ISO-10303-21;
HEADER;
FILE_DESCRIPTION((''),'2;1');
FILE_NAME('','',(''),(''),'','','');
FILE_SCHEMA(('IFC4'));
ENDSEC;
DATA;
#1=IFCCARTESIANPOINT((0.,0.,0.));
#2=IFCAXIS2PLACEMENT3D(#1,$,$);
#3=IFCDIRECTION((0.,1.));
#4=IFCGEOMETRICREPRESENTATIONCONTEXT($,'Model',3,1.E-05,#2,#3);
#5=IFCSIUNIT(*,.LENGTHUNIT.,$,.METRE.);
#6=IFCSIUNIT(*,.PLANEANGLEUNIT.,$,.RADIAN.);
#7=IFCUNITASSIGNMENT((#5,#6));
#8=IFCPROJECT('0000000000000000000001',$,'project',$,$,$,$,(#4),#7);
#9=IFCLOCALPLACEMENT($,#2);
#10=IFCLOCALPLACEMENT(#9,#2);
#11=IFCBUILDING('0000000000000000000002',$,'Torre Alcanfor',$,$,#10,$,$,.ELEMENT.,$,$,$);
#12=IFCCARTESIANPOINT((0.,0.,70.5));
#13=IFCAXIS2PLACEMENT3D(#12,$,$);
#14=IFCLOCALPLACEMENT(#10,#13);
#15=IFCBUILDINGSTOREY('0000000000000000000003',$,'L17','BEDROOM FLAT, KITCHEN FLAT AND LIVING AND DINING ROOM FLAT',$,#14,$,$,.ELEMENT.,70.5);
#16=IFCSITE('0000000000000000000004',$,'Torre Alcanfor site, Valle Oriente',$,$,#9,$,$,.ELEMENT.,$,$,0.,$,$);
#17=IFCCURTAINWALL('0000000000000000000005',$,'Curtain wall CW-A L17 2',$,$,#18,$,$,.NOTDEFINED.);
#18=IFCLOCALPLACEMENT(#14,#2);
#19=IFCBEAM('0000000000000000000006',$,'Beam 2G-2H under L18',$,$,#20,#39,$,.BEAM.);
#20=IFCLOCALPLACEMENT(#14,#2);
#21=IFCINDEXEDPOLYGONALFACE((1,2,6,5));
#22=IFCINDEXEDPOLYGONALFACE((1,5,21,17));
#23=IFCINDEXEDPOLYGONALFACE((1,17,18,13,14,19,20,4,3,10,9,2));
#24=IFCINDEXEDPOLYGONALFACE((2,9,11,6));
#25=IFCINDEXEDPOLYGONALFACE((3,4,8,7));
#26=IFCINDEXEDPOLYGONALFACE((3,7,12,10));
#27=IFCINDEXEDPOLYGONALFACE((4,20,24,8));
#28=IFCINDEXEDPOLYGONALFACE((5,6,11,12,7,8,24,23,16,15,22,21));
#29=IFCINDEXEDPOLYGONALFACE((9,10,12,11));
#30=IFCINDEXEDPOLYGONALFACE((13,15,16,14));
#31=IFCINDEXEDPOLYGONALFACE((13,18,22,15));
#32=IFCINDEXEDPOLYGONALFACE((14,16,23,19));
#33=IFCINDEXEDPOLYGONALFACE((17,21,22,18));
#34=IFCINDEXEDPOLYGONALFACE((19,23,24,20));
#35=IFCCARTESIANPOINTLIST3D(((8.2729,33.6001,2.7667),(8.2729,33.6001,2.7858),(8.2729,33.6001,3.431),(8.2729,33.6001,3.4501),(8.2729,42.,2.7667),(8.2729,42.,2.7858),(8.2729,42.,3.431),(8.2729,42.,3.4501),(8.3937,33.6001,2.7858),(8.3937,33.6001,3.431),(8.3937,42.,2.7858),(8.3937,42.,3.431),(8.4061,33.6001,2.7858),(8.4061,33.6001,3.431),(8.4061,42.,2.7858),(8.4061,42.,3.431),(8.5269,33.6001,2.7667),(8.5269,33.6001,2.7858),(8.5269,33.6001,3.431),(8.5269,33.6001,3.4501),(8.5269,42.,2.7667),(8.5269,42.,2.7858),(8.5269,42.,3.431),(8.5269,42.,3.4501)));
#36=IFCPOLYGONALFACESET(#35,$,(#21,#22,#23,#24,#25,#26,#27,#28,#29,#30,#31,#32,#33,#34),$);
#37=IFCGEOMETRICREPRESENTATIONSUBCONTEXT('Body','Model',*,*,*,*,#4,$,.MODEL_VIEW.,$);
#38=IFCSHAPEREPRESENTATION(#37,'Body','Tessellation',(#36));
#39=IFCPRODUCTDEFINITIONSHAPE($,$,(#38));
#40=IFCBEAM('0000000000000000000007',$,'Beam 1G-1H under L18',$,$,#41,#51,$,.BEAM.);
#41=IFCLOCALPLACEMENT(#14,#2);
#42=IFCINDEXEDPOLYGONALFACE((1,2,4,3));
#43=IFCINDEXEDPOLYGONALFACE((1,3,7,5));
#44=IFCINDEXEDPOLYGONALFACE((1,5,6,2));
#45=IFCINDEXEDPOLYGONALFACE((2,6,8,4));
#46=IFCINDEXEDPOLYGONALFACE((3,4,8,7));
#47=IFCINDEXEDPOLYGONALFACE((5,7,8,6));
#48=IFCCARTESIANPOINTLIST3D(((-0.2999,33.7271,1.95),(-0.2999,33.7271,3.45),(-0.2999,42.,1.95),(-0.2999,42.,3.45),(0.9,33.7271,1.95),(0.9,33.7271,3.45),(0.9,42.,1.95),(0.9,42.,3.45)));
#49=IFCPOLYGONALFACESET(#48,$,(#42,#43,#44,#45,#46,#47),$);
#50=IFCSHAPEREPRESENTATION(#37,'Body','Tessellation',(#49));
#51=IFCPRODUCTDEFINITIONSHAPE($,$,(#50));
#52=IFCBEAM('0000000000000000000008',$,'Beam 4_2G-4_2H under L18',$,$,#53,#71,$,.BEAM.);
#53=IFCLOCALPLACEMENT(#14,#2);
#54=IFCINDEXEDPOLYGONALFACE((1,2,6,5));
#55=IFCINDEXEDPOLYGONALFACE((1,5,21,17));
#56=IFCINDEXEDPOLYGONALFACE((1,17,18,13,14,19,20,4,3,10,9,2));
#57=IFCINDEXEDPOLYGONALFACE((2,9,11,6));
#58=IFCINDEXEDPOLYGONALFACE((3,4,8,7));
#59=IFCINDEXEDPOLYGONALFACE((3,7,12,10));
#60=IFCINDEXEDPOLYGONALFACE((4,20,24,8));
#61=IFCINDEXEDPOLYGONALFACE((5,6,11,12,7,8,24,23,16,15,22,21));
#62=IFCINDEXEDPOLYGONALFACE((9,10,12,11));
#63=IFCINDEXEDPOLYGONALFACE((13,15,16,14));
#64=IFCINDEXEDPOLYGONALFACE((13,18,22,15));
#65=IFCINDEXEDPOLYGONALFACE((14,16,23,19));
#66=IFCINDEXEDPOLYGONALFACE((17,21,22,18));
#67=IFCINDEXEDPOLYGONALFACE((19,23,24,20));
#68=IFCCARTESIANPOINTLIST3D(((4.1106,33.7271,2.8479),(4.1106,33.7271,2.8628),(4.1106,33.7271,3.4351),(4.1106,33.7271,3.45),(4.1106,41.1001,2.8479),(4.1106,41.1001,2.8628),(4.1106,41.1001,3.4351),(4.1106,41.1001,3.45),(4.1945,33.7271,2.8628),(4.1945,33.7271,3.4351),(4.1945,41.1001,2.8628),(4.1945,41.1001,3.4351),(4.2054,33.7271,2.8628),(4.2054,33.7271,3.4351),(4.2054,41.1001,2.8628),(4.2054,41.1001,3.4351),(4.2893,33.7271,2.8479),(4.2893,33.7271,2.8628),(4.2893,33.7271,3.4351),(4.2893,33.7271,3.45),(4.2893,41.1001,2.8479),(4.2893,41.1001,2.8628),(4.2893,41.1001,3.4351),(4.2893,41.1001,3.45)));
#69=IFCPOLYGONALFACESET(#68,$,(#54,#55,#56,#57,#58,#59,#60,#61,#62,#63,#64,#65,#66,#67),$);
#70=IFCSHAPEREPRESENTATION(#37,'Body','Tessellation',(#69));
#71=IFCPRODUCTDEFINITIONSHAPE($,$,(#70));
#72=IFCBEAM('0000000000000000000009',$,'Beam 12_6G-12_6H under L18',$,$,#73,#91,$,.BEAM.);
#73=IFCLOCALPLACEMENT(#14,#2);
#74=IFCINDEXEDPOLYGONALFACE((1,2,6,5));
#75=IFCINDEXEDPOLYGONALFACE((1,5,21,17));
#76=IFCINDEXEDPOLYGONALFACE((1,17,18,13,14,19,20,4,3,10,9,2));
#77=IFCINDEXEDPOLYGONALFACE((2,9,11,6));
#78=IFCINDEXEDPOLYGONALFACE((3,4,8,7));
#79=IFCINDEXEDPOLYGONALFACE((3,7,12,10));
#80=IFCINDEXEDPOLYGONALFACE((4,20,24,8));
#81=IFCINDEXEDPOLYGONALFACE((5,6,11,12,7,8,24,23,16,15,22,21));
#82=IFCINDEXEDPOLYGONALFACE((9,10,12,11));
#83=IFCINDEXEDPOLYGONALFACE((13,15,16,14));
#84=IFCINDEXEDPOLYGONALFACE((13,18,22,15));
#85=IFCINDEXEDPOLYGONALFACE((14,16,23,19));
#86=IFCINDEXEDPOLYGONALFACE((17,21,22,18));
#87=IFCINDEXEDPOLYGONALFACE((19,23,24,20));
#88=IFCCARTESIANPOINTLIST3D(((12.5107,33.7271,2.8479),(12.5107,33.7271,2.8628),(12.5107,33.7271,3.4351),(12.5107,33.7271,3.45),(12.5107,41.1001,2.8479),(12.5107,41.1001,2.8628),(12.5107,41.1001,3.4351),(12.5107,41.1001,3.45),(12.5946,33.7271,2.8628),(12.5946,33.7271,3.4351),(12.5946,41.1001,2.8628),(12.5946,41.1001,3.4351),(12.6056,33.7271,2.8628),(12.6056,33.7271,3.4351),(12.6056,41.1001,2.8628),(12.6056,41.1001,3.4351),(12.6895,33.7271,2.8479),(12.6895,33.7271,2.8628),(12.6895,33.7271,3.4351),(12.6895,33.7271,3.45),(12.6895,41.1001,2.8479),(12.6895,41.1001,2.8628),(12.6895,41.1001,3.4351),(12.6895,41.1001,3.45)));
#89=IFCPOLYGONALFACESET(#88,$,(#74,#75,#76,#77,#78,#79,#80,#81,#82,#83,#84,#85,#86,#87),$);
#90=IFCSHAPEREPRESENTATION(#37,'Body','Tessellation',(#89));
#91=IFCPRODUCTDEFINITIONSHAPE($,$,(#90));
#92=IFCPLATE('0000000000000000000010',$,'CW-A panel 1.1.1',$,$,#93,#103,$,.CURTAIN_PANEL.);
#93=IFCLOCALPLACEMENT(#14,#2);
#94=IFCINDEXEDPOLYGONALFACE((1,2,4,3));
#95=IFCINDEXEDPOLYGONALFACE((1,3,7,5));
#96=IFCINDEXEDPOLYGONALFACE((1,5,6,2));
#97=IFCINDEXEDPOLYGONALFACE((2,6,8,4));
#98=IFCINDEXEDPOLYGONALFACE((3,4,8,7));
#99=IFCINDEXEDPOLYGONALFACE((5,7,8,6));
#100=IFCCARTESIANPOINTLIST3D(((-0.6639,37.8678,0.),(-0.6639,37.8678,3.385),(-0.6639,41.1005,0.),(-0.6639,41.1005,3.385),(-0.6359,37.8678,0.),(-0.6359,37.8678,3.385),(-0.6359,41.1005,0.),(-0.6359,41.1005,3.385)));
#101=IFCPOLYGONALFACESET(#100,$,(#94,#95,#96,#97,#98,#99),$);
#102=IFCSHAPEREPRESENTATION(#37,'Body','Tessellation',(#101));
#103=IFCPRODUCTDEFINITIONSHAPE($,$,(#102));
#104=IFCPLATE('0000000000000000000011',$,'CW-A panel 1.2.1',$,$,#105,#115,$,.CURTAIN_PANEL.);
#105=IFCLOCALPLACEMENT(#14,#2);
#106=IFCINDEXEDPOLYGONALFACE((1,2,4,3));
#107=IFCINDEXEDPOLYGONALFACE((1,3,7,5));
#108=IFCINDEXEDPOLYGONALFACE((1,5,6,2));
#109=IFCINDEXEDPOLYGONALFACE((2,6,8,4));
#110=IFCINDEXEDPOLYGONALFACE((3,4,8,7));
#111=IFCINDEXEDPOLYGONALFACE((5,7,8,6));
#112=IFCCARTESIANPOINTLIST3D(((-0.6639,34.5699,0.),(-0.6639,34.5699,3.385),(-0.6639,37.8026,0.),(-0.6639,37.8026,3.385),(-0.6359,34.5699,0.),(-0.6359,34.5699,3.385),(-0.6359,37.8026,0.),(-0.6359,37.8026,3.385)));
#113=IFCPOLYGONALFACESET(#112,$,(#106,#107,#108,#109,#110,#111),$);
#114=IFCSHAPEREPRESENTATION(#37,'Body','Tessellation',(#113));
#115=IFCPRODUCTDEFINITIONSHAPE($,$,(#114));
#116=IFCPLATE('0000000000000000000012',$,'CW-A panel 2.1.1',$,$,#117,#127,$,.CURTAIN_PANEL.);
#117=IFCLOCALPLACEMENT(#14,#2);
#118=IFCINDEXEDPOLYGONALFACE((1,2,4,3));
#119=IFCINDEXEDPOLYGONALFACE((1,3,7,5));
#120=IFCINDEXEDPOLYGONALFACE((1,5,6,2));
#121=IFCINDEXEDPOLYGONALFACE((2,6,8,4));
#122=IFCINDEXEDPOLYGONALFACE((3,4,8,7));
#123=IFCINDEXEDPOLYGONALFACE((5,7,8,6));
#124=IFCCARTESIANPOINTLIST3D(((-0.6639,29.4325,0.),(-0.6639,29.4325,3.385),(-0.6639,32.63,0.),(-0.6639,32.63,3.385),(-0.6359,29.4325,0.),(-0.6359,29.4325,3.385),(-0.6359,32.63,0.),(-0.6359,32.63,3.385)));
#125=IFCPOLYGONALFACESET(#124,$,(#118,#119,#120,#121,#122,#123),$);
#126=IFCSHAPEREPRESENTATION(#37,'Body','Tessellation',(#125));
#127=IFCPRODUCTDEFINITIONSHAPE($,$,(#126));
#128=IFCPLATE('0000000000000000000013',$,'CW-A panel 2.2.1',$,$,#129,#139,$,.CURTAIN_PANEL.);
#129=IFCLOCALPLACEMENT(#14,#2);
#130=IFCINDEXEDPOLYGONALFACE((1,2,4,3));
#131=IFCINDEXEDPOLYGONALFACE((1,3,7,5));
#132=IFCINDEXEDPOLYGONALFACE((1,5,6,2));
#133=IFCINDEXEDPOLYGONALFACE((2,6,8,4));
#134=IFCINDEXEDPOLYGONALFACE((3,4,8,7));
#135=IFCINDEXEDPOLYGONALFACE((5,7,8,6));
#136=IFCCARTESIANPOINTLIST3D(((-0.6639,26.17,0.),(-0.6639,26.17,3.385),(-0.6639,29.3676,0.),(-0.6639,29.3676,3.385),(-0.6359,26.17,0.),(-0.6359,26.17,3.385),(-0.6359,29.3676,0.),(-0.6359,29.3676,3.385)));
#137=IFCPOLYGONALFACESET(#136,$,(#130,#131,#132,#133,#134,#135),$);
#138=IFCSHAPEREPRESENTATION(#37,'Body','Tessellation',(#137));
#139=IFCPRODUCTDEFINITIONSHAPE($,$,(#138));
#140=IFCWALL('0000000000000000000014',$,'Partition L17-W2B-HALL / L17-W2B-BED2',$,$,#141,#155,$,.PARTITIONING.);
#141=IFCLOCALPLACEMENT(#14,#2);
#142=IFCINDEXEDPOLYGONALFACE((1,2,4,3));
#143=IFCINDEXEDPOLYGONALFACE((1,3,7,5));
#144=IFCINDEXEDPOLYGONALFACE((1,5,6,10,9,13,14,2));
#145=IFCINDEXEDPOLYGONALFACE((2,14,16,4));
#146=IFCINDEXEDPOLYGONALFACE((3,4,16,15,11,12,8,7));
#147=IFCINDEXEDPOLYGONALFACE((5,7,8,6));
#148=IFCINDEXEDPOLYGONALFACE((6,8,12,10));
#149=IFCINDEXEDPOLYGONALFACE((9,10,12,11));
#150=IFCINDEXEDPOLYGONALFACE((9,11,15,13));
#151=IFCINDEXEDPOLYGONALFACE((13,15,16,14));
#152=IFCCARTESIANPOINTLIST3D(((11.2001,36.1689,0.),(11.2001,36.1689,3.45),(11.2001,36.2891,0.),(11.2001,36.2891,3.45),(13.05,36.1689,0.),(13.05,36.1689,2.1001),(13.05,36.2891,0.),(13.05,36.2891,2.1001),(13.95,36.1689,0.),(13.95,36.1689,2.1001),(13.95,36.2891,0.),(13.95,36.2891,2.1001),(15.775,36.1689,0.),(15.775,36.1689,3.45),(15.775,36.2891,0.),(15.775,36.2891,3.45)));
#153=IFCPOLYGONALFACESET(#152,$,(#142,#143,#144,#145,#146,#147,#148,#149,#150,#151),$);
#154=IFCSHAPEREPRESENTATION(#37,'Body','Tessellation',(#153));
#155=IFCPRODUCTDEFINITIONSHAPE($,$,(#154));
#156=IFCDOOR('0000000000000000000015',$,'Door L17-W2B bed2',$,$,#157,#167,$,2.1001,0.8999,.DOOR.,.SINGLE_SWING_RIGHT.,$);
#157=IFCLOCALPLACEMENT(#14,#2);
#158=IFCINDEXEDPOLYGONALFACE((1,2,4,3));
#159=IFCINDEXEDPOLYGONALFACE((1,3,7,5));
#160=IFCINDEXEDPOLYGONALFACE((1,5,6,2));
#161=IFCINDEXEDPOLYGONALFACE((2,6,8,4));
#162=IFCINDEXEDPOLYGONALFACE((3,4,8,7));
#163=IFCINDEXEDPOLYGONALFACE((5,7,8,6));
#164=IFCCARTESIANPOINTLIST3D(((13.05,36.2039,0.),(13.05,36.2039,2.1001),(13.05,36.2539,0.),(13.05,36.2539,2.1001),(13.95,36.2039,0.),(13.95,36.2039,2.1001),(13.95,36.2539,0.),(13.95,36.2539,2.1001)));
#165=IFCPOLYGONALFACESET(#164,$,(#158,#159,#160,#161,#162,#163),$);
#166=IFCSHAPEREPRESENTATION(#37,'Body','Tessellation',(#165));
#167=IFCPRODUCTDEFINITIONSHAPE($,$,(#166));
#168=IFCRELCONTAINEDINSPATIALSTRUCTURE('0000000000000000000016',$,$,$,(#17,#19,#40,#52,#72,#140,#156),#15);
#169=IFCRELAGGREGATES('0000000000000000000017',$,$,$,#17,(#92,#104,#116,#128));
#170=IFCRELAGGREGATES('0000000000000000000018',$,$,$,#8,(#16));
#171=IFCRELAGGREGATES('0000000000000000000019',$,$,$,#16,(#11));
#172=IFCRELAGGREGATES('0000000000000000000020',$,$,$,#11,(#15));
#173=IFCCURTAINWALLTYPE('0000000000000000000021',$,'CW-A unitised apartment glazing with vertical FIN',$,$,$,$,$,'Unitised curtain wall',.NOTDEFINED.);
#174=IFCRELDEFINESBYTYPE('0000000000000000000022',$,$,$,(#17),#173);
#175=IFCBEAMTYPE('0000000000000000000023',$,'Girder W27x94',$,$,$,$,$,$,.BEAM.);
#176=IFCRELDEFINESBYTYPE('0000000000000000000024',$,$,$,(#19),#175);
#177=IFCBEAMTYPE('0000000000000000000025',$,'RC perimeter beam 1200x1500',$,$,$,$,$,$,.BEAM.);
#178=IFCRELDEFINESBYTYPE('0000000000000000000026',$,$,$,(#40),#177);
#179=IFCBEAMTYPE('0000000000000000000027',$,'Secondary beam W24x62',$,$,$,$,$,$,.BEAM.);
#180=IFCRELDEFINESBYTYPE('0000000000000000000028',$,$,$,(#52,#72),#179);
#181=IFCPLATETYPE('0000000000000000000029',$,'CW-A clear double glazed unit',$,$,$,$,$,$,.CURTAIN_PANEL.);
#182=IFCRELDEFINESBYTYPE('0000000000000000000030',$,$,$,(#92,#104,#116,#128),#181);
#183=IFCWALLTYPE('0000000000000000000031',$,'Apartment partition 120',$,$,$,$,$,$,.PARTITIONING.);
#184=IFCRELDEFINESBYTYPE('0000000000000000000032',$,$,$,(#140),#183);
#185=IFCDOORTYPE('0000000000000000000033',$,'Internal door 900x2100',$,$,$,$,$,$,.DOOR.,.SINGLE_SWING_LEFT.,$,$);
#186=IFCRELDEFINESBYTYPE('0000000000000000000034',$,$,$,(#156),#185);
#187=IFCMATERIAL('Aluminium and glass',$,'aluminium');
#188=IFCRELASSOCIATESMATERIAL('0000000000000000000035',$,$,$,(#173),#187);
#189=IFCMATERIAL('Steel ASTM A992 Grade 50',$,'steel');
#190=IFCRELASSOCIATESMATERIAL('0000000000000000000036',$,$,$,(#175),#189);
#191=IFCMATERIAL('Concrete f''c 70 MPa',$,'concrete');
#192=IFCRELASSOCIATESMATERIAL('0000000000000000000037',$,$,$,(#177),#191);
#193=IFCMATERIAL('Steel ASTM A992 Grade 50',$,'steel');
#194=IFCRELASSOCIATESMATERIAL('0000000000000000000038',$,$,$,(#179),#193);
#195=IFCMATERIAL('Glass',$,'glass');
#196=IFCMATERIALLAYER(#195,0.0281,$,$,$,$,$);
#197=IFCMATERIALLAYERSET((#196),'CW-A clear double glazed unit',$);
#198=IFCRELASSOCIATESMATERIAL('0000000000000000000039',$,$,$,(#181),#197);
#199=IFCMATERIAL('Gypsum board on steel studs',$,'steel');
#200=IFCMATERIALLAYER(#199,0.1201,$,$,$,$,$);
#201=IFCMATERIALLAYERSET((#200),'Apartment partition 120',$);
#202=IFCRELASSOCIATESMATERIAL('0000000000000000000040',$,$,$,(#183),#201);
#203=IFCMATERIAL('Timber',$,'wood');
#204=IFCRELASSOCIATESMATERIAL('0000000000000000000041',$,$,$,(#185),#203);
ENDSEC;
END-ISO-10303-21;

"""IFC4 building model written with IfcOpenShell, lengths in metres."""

from ifc_helpers import new_model, si_unit, direction, frame, frame_2d, origin, origin_2d, place, context, subcontext, project, spatial, rectangle, i_section, extrude, material, layer, layer_set, material_profile, profile_set, type_object, element, fill, aggregate, save


model = new_model("IFC4")

# Units and contexts
model_context = context("Model", 3, precision=1e-05, world=origin(), true_north=direction((0.0, 1.0)))
body_context = subcontext(model_context, "Body", "Model", "MODEL_VIEW")
ifc_project = project(units=[si_unit("LENGTHUNIT", "METRE"), si_unit("PLANEANGLEUNIT", "RADIAN")], contexts=[model_context])

# Site, building, storey
site_placement = place(None, origin())
site = spatial("IfcSite", under=ifc_project, at=site_placement, Name="Torre Alcanfor site, Valle Oriente", CompositionType="ELEMENT", RefElevation=0.0)
building_placement = place(site_placement, origin())
building = spatial("IfcBuilding", under=site, at=building_placement, Name="Torre Alcanfor", CompositionType="ELEMENT")
storey_placement = place(building_placement, frame((0.0, 0.0, 70.5)))
storey = spatial("IfcBuildingStorey", under=building, at=storey_placement, Name="L17", Description="BEDROOM FLAT, KITCHEN FLAT AND LIVING AND DINING ROOM FLAT", CompositionType="ELEMENT", Elevation=70.5)

# Curtain wall
ifc_material_1 = material(Name="Aluminium and glass", Category="aluminium")
curtain_wall_type = type_object("IfcCurtainWallType", Name="CW-A unitised apartment glazing with vertical FIN", ElementType="Unitised curtain wall", PredefinedType="NOTDEFINED", material=ifc_material_1)
curtain_wall_placement = place(storey_placement, origin())
curtain_wall = element("IfcCurtainWall", 1, at=curtain_wall_placement, inside=storey, type_object=curtain_wall_type, Name="Curtain wall CW-A L17 2", PredefinedType="NOTDEFINED")

# Beams
ifc_material_2 = material(Name="Steel ASTM A992 Grade 50", Category="steel")
ifc_material_profile_1 = material_profile(ifc_material_2, i_section(OverallWidth=0.2539, OverallDepth=0.6833, WebThickness=0.0125, FlangeThickness=0.019, at=origin_2d()), Name="W27x94")
ifc_profile_set_1 = profile_set([ifc_material_profile_1], Name="Steel ASTM A992 Grade 50")
beam_type_1 = type_object("IfcBeamType", Name="Girder W27x94", PredefinedType="BEAM", material=ifc_profile_set_1)
beam_1_placement = place(storey_placement, frame((8.3999, 33.6001, 3.1084), z_axis=(0.0, 1.0, 0.0), x_axis=(-1.0, 0.0, 0.0)))
element("IfcBeam", 2, at=beam_1_placement, inside=storey, type_object=beam_type_1, Name="Beam 2G-2H under L18", PredefinedType="BEAM", context=body_context, shape_type="SweptSolid", body=[
    extrude(i_section(OverallWidth=0.2539, OverallDepth=0.6833, WebThickness=0.0125, FlangeThickness=0.019, at=origin_2d()), origin(), (0.0, 0.0, 1.0), 8.3999),
])
ifc_material_3 = material(Name="Concrete f'c 70 MPa", Category="concrete")
ifc_material_profile_2 = material_profile(ifc_material_3, rectangle(XDim=1.2, YDim=1.5, at=origin_2d()), Name="1200x1500")
ifc_profile_set_2 = profile_set([ifc_material_profile_2], Name="Concrete f'c 70 MPa")
beam_type_2 = type_object("IfcBeamType", Name="RC perimeter beam 1200x1500", PredefinedType="BEAM", material=ifc_profile_set_2)
beam_2_placement = place(storey_placement, frame((0.3, 33.7271, 2.7), z_axis=(0.0, 1.0, 0.0), x_axis=(-1.0, 0.0, 0.0)))
element("IfcBeam", 3, at=beam_2_placement, inside=storey, type_object=beam_type_2, Name="Beam 1G-1H under L18", PredefinedType="BEAM", context=body_context, shape_type="SweptSolid", body=[
    extrude(rectangle(XDim=1.2, YDim=1.5, at=origin_2d()), origin(), (0.0, 0.0, 1.0), 8.2729),
])
ifc_material_4 = material(Name="Steel ASTM A992 Grade 50", Category="steel")
ifc_material_profile_3 = material_profile(ifc_material_4, i_section(OverallWidth=0.1787, OverallDepth=0.6021, WebThickness=0.011, FlangeThickness=0.0149, at=origin_2d()), Name="W24x62")
ifc_profile_set_3 = profile_set([ifc_material_profile_3], Name="Steel ASTM A992 Grade 50")
beam_type_3 = type_object("IfcBeamType", Name="Secondary beam W24x62", PredefinedType="BEAM", material=ifc_profile_set_3)
for number, where, z_axis, x_axis, name in (
    (4, (4.2, 33.7271, 3.1489), (0.0, 1.0, 0.0), (-1.0, 0.0, 0.0), "Beam 4_2G-4_2H under L18"),
    (5, (12.6001, 33.7271, 3.1489), (0.0, 1.0, 0.0), (-1.0, 0.0, 0.0), "Beam 12_6G-12_6H under L18"),
):
    element("IfcBeam", number, at=place(storey_placement, frame(where, z_axis=z_axis, x_axis=x_axis)), inside=storey, type_object=beam_type_3, Name=name, PredefinedType="BEAM", context=body_context, shape_type="SweptSolid", body=[
        extrude(i_section(OverallWidth=0.1787, OverallDepth=0.6021, WebThickness=0.011, FlangeThickness=0.0149, at=origin_2d()), origin(), (0.0, 0.0, 1.0), 7.373),
    ])

# Plates
ifc_material_5 = material(Name="Glass", Category="glass")
ifc_layer_1 = layer(ifc_material_5, 0.0281)
ifc_layer_set_1 = layer_set([ifc_layer_1], Name="CW-A clear double glazed unit")
plate_type = type_object("IfcPlateType", Name="CW-A clear double glazed unit", PredefinedType="CURTAIN_PANEL", material=ifc_layer_set_1)
plate_1_placement = place(storey_placement, frame((-0.6499, 39.4841, 0.0), z_axis=(0.0, 0.0, 1.0), x_axis=(0.0, -1.0, 0.0)))
plate_1 = element("IfcPlate", 6, at=plate_1_placement, type_object=plate_type, Name="CW-A panel 1.1.1", PredefinedType="CURTAIN_PANEL", context=body_context, shape_type="SweptSolid", body=[
    extrude(rectangle(XDim=3.2327, YDim=0.0281, at=origin_2d()), origin(), (0.0, 0.0, 1.0), 3.385),
])
plate_2_placement = place(storey_placement, frame((-0.6499, 36.1863, 0.0), z_axis=(0.0, 0.0, 1.0), x_axis=(0.0, -1.0, 0.0)))
plate_2 = element("IfcPlate", 7, at=plate_2_placement, type_object=plate_type, Name="CW-A panel 1.2.1", PredefinedType="CURTAIN_PANEL", context=body_context, shape_type="SweptSolid", body=[
    extrude(rectangle(XDim=3.2327, YDim=0.0281, at=origin_2d()), origin(), (0.0, 0.0, 1.0), 3.385),
])
plate_3_placement = place(storey_placement, frame((-0.6499, 31.0312, 0.0), z_axis=(0.0, 0.0, 1.0), x_axis=(0.0, -1.0, 0.0)))
plate_3 = element("IfcPlate", 8, at=plate_3_placement, type_object=plate_type, Name="CW-A panel 2.1.1", PredefinedType="CURTAIN_PANEL", context=body_context, shape_type="SweptSolid", body=[
    extrude(rectangle(XDim=3.1975, YDim=0.0281, at=origin_2d()), origin(), (0.0, 0.0, 1.0), 3.385),
])
plate_4_placement = place(storey_placement, frame((-0.6499, 27.7688, 0.0), z_axis=(0.0, 0.0, 1.0), x_axis=(0.0, -1.0, 0.0)))
plate_4 = element("IfcPlate", 9, at=plate_4_placement, type_object=plate_type, Name="CW-A panel 2.2.1", PredefinedType="CURTAIN_PANEL", context=body_context, shape_type="SweptSolid", body=[
    extrude(rectangle(XDim=3.1975, YDim=0.0281, at=origin_2d()), origin(), (0.0, 0.0, 1.0), 3.385),
])
aggregate(curtain_wall, [plate_1, plate_2, plate_3, plate_4])

# Wall, opening, door
ifc_material_6 = material(Name="Gypsum board on steel studs", Category="steel")
ifc_layer_2 = layer(ifc_material_6, 0.1201)
ifc_layer_set_2 = layer_set([ifc_layer_2], Name="Apartment partition 120")
wall_type_1 = type_object("IfcWallType", Name="Apartment partition 120", PredefinedType="PARTITIONING", material=ifc_layer_set_2)
wall_1_placement = place(storey_placement, frame((11.2, 36.229, 0.0), z_axis=(0.0, 0.0, 1.0), x_axis=(1.0, 0.0, 0.0)))
wall_1 = element("IfcWall", 10, at=wall_1_placement, inside=storey, type_object=wall_type_1, Name="Partition L17-W2B-HALL / L17-W2B-BED2", PredefinedType="PARTITIONING", context=body_context, shape_type="SweptSolid", body=[
    extrude(rectangle(XDim=4.575, YDim=0.1201, at=frame_2d((2.2876, 0.0))), origin(), (0.0, 0.0, 1.0), 3.45),
])
opening_1_placement = place(wall_1_placement, frame((1.8501, 0.0, 0.0)))
opening_1 = element("IfcOpeningElement", 11, at=opening_1_placement, cuts=wall_1, PredefinedType="OPENING", context=body_context, shape_type="SweptSolid", body=[
    extrude(rectangle(XDim=0.8999, YDim=2.1001, at=frame_2d((0.45, 1.05))), frame((0.0, 0.0701, 0.0), z_axis=(0.0, -1.0, 0.0), x_axis=(1.0, 0.0, 0.0)), (0.0, 0.0, 1.0), 0.1401),
])
ifc_material_7 = material(Name="Timber", Category="wood")
door_type_1 = type_object("IfcDoorType", Name="Internal door 900x2100", OperationType="SINGLE_SWING_LEFT", PredefinedType="DOOR", material=ifc_material_7)
door_1_placement = place(opening_1_placement, origin())
door_1 = element("IfcDoor", 12, at=door_1_placement, inside=storey, type_object=door_type_1, Name="Door L17-W2B bed2", OperationType="SINGLE_SWING_RIGHT", OverallHeight=2.1001, OverallWidth=0.8999, PredefinedType="DOOR", context=body_context, shape_type="SweptSolid", body=[
    extrude(rectangle(XDim=0.8999, YDim=2.1001, at=frame_2d((0.45, 1.05))), frame((0.0, 0.0249, 0.0), z_axis=(0.0, -1.0, 0.0), x_axis=(1.0, 0.0, 0.0)), (0.0, 0.0, 1.0), 0.05),
])
fill(opening_1, door_1)

save(model, "model.ifc")
